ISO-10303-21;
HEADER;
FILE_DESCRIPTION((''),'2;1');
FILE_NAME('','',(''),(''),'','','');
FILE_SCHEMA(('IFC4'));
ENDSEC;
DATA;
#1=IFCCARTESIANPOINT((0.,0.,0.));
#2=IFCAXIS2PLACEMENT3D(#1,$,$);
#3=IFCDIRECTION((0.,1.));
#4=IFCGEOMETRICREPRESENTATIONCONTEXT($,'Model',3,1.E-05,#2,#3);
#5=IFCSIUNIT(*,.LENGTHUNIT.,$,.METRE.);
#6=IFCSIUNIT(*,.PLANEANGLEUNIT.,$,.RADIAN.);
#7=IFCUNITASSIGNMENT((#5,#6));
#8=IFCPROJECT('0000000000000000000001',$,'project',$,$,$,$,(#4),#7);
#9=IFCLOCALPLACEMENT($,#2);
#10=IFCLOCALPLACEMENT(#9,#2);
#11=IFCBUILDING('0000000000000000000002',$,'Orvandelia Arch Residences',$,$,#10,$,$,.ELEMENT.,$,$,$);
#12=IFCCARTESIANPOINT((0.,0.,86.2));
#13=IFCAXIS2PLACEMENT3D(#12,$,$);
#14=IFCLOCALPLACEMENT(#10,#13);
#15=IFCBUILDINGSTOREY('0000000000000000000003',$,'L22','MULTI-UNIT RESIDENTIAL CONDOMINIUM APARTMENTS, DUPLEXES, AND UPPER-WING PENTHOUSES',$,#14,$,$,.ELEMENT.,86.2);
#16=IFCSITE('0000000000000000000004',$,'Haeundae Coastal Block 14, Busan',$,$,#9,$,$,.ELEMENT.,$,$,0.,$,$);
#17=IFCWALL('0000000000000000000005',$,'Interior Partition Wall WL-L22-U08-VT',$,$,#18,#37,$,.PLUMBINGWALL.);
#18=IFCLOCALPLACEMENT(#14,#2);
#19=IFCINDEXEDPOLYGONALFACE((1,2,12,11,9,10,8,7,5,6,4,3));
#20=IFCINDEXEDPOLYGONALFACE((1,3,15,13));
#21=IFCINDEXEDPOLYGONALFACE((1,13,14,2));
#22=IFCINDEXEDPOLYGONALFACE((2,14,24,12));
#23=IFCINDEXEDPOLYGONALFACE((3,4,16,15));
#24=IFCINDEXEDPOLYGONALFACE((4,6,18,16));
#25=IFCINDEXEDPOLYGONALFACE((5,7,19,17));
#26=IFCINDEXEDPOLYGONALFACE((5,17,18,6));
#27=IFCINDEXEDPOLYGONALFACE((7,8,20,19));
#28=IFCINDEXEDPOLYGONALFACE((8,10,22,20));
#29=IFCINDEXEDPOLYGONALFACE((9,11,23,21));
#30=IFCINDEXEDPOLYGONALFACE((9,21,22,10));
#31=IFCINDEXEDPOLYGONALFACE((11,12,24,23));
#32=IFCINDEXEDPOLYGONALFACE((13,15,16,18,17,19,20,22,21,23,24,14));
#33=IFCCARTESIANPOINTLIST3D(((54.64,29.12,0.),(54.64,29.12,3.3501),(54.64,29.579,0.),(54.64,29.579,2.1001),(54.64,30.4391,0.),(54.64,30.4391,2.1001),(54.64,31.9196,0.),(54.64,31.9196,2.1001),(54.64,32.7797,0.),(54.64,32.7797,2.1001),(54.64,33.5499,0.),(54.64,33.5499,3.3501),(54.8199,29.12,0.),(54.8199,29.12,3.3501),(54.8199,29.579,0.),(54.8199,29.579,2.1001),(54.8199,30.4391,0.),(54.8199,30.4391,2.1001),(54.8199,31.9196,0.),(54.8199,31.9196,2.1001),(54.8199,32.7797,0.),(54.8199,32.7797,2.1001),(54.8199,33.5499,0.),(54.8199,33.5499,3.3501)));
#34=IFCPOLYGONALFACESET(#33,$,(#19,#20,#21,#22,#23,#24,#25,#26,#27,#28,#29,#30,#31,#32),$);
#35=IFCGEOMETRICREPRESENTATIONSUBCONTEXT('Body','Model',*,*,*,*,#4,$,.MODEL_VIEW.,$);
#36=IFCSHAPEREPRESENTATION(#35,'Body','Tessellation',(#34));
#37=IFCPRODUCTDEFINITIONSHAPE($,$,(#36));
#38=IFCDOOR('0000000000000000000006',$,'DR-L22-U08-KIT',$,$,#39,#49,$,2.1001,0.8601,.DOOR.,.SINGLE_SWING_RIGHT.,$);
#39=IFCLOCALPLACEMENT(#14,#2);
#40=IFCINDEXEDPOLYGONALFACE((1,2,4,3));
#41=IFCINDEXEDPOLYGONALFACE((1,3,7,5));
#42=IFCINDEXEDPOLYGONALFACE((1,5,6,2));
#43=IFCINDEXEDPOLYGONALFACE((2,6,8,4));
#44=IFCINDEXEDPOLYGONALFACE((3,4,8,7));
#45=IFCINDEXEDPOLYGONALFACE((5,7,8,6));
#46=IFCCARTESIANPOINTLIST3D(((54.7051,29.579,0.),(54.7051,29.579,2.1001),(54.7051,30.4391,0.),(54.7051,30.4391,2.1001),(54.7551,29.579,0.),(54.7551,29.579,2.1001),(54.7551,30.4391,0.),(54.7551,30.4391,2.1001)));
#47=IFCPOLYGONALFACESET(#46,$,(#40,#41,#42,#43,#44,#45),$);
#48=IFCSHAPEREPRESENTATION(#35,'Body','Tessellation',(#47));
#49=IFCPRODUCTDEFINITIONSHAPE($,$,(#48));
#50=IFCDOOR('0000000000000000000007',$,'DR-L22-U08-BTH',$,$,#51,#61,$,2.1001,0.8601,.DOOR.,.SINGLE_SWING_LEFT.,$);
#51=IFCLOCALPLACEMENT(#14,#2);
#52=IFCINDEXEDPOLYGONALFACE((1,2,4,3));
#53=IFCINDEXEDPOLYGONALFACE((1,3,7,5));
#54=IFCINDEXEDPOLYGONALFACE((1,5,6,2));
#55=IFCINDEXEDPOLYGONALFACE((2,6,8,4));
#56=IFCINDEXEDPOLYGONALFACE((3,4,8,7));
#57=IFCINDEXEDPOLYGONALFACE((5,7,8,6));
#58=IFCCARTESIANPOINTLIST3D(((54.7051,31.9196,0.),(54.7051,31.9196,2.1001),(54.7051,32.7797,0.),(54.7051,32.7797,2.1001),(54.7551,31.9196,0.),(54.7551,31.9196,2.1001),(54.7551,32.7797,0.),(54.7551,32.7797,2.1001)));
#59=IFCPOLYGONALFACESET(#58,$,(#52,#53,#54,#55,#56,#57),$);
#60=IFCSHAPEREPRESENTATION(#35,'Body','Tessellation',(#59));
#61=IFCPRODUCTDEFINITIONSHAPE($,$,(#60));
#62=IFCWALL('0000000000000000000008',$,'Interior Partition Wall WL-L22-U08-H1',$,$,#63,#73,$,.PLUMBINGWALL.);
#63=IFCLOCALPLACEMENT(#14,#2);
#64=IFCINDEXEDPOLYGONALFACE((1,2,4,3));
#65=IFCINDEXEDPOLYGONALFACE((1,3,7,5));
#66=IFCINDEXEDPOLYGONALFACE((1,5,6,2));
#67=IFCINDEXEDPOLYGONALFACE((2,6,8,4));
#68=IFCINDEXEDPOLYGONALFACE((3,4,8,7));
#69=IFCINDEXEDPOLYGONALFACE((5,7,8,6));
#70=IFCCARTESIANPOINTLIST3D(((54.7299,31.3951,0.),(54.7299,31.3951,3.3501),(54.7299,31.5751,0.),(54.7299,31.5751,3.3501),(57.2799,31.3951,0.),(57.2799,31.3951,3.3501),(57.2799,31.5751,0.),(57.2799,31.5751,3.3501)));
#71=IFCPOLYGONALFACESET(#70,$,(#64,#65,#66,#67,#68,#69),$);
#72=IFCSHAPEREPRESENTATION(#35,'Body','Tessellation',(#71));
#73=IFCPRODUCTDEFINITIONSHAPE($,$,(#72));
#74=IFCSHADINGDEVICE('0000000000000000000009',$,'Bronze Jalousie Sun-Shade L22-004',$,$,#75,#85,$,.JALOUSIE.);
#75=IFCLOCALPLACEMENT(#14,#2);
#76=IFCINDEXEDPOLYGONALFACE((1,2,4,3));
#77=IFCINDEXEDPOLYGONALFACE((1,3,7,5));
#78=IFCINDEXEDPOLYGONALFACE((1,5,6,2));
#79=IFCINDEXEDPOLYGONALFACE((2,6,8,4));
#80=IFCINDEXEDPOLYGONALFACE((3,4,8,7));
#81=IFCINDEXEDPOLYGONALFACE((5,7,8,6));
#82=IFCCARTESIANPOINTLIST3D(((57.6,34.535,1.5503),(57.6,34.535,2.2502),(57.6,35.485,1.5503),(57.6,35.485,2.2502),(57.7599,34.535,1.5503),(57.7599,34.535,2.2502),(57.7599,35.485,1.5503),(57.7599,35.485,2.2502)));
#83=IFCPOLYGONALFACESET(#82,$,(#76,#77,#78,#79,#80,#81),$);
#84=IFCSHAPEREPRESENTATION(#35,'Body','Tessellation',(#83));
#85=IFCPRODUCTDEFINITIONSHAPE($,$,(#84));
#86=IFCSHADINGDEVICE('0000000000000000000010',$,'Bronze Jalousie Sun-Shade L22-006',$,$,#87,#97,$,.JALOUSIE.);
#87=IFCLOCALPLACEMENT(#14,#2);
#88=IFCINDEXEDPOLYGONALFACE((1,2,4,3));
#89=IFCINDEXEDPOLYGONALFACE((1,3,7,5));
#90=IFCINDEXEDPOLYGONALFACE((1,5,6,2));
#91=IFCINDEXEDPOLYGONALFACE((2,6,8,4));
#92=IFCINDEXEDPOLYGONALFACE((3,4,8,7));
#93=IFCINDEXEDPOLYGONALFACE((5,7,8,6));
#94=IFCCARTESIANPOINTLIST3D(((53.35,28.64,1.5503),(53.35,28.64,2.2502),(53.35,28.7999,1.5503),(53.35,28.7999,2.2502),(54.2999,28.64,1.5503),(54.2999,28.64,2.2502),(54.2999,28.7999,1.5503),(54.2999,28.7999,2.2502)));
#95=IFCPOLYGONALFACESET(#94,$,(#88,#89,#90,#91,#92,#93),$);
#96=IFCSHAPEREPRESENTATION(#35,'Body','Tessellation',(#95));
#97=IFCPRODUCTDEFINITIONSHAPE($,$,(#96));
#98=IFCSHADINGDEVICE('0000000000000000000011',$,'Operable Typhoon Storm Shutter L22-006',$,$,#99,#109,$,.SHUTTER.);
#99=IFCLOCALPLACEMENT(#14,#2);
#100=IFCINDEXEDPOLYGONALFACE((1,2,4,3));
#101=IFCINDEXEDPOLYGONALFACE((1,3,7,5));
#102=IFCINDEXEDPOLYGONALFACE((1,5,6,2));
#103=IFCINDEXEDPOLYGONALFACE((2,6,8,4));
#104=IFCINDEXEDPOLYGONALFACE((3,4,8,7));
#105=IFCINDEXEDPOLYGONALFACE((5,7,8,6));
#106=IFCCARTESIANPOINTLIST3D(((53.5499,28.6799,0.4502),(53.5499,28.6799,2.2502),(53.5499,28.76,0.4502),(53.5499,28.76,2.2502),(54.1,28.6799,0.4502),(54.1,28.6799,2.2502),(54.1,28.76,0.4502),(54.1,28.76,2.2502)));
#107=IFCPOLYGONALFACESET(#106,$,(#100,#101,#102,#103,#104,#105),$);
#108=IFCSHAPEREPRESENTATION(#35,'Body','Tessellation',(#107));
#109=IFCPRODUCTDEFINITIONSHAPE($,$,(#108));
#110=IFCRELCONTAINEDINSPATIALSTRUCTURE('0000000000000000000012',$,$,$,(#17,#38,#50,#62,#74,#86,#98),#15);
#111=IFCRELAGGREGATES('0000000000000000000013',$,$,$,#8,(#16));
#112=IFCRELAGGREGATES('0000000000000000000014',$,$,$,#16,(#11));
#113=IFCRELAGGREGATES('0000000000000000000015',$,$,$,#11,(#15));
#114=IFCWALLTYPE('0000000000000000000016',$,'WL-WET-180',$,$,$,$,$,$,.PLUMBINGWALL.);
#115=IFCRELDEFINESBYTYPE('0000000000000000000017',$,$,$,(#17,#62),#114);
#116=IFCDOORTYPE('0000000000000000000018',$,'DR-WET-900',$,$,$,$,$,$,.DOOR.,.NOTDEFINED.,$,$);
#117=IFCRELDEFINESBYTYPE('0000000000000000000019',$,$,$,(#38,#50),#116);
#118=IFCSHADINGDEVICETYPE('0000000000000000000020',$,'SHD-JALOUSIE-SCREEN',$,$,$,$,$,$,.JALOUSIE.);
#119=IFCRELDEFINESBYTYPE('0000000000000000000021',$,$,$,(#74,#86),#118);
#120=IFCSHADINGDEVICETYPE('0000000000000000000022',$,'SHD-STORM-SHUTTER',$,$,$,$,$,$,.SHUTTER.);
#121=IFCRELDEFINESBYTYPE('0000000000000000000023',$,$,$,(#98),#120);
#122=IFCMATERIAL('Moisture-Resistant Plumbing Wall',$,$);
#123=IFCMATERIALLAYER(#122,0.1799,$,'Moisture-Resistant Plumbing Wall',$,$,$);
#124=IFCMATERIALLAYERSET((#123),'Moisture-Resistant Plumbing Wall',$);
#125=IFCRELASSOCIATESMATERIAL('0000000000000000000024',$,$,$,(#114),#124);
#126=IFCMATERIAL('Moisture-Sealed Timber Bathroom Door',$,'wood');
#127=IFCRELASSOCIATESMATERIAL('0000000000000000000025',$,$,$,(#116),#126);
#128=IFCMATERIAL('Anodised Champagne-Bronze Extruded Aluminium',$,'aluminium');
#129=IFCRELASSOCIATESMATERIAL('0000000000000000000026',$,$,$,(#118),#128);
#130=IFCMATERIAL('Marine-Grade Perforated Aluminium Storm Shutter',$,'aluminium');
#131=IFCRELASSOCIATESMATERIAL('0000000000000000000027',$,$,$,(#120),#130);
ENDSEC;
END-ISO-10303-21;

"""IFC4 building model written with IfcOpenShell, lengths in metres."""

from ifc_helpers import new_model, si_unit, direction, frame, frame_2d, origin, origin_2d, place, context, subcontext, project, spatial, rectangle, extrude, material, layer, layer_set, type_object, element, fill, save


model = new_model("IFC4")

# Units and contexts
model_context = context("Model", 3, precision=1e-05, world=origin(), true_north=direction((0.0, 1.0)))
body_context = subcontext(model_context, "Body", "Model", "MODEL_VIEW")
ifc_project = project(units=[si_unit("LENGTHUNIT", "METRE"), si_unit("PLANEANGLEUNIT", "RADIAN")], contexts=[model_context])

# Site, building, storey
site_placement = place(None, origin())
site = spatial("IfcSite", under=ifc_project, at=site_placement, Name="Haeundae Coastal Block 14, Busan", CompositionType="ELEMENT", RefElevation=0.0)
building_placement = place(site_placement, origin())
building = spatial("IfcBuilding", under=site, at=building_placement, Name="Orvandelia Arch Residences", CompositionType="ELEMENT")
storey_placement = place(building_placement, frame((0.0, 0.0, 86.2)))
storey = spatial("IfcBuildingStorey", under=building, at=storey_placement, Name="L22", Description="MULTI-UNIT RESIDENTIAL CONDOMINIUM APARTMENTS, DUPLEXES, AND UPPER-WING PENTHOUSES", CompositionType="ELEMENT", Elevation=86.2)

# Wall, openings, doors
ifc_material_1 = material(Name="Moisture-Resistant Plumbing Wall")
ifc_layer_1 = layer(ifc_material_1, 0.1799, Name="Moisture-Resistant Plumbing Wall")
ifc_layer_set_1 = layer_set([ifc_layer_1], Name="Moisture-Resistant Plumbing Wall")
wall_type_1 = type_object("IfcWallType", Name="WL-WET-180", PredefinedType="PLUMBINGWALL", material=ifc_layer_set_1)
wall_1_placement = place(storey_placement, frame((54.73, 29.1201, 0.0), z_axis=(0.0, 0.0, 1.0), x_axis=(0.0, 1.0, 0.0)))
wall_1 = element("IfcWall", 1, at=wall_1_placement, inside=storey, type_object=wall_type_1, Name="Interior Partition Wall WL-L22-U08-VT", PredefinedType="PLUMBINGWALL", context=body_context, shape_type="SweptSolid", body=[
    extrude(rectangle(XDim=4.4299, YDim=0.1799, at=frame_2d((2.2148, 0.0))), origin(), (0.0, 0.0, 1.0), 3.3501),
])
opening_1_placement = place(wall_1_placement, frame((0.4587, 0.0, 0.0)))
opening_1 = element("IfcOpeningElement", 2, at=opening_1_placement, cuts=wall_1, PredefinedType="OPENING", context=body_context, shape_type="SweptSolid", body=[
    extrude(rectangle(XDim=0.8601, YDim=2.1001, at=frame_2d((0.4302, 1.05))), frame((0.0, 0.1001, 0.0), z_axis=(0.0, -1.0, 0.0), x_axis=(1.0, 0.0, 0.0)), (0.0, 0.0, 1.0), 0.2),
])
opening_2_placement = place(wall_1_placement, frame((2.7993, 0.0, 0.0)))
opening_2 = element("IfcOpeningElement", 3, at=opening_2_placement, cuts=wall_1, PredefinedType="OPENING", context=body_context, shape_type="SweptSolid", body=[
    extrude(rectangle(XDim=0.8601, YDim=2.1001, at=frame_2d((0.4302, 1.05))), frame((0.0, 0.1001, 0.0), z_axis=(0.0, -1.0, 0.0), x_axis=(1.0, 0.0, 0.0)), (0.0, 0.0, 1.0), 0.2),
])
ifc_material_2 = material(Name="Moisture-Sealed Timber Bathroom Door", Category="wood")
door_type = type_object("IfcDoorType", Name="DR-WET-900", OperationType="NOTDEFINED", PredefinedType="DOOR", material=ifc_material_2)
door_1_placement = place(opening_1_placement, origin())
door_1 = element("IfcDoor", 4, at=door_1_placement, inside=storey, type_object=door_type, Name="DR-L22-U08-KIT", OperationType="SINGLE_SWING_RIGHT", OverallHeight=2.1001, OverallWidth=0.8601, PredefinedType="DOOR", context=body_context, shape_type="SweptSolid", body=[
    extrude(rectangle(XDim=0.8601, YDim=2.1001, at=frame_2d((0.4302, 1.05))), frame((0.0, 0.0249, 0.0), z_axis=(0.0, -1.0, 0.0), x_axis=(1.0, 0.0, 0.0)), (0.0, 0.0, 1.0), 0.05),
])
fill(opening_1, door_1)
door_2_placement = place(opening_2_placement, origin())
door_2 = element("IfcDoor", 5, at=door_2_placement, inside=storey, type_object=door_type, Name="DR-L22-U08-BTH", OperationType="SINGLE_SWING_LEFT", OverallHeight=2.1001, OverallWidth=0.8601, PredefinedType="DOOR", context=body_context, shape_type="SweptSolid", body=[
    extrude(rectangle(XDim=0.8601, YDim=2.1001, at=frame_2d((0.4302, 1.05))), frame((0.0, 0.0249, 0.0), z_axis=(0.0, -1.0, 0.0), x_axis=(1.0, 0.0, 0.0)), (0.0, 0.0, 1.0), 0.05),
])
fill(opening_2, door_2)

# Wall
wall_2_placement = place(storey_placement, frame((54.73, 31.4851, 0.0), z_axis=(0.0, 0.0, 1.0), x_axis=(1.0, 0.0, 0.0)))
element("IfcWall", 6, at=wall_2_placement, inside=storey, type_object=wall_type_1, Name="Interior Partition Wall WL-L22-U08-H1", PredefinedType="PLUMBINGWALL", context=body_context, shape_type="SweptSolid", body=[
    extrude(rectangle(XDim=2.55, YDim=0.1799, at=frame_2d((1.2749, 0.0))), origin(), (0.0, 0.0, 1.0), 3.3501),
])

# Shading devices
ifc_material_3 = material(Name="Anodised Champagne-Bronze Extruded Aluminium", Category="aluminium")
shading_device_type_1 = type_object("IfcShadingDeviceType", Name="SHD-JALOUSIE-SCREEN", PredefinedType="JALOUSIE", material=ifc_material_3)
for number, where, z_axis, x_axis, name in (
    (7, (57.6799, 35.01, 1.5503), (0.0, 0.0, 1.0), (0.0, -1.0, 0.0), "Bronze Jalousie Sun-Shade L22-004"),
    (8, (53.825, 28.72, 1.5503), (0.0, 0.0, 1.0), (-1.0, 0.0, 0.0), "Bronze Jalousie Sun-Shade L22-006"),
):
    element("IfcShadingDevice", number, at=place(storey_placement, frame(where, z_axis=z_axis, x_axis=x_axis)), inside=storey, type_object=shading_device_type_1, Name=name, PredefinedType="JALOUSIE", context=body_context, shape_type="SweptSolid", body=[
        extrude(rectangle(XDim=0.95, YDim=0.1599, at=origin_2d()), origin(), (0.0, 0.0, 1.0), 0.7),
    ])
ifc_material_4 = material(Name="Marine-Grade Perforated Aluminium Storm Shutter", Category="aluminium")
shading_device_type_2 = type_object("IfcShadingDeviceType", Name="SHD-STORM-SHUTTER", PredefinedType="SHUTTER", material=ifc_material_4)
shading_device_placement = place(storey_placement, frame((53.825, 28.72, 0.4502), z_axis=(0.0, 0.0, 1.0), x_axis=(-1.0, 0.0, 0.0)))
element("IfcShadingDevice", 9, at=shading_device_placement, inside=storey, type_object=shading_device_type_2, Name="Operable Typhoon Storm Shutter L22-006", PredefinedType="SHUTTER", context=body_context, shape_type="SweptSolid", body=[
    extrude(rectangle(XDim=0.55, YDim=0.0801, at=origin_2d()), origin(), (0.0, 0.0, 1.0), 1.8),
])

save(model, "model.ifc")
